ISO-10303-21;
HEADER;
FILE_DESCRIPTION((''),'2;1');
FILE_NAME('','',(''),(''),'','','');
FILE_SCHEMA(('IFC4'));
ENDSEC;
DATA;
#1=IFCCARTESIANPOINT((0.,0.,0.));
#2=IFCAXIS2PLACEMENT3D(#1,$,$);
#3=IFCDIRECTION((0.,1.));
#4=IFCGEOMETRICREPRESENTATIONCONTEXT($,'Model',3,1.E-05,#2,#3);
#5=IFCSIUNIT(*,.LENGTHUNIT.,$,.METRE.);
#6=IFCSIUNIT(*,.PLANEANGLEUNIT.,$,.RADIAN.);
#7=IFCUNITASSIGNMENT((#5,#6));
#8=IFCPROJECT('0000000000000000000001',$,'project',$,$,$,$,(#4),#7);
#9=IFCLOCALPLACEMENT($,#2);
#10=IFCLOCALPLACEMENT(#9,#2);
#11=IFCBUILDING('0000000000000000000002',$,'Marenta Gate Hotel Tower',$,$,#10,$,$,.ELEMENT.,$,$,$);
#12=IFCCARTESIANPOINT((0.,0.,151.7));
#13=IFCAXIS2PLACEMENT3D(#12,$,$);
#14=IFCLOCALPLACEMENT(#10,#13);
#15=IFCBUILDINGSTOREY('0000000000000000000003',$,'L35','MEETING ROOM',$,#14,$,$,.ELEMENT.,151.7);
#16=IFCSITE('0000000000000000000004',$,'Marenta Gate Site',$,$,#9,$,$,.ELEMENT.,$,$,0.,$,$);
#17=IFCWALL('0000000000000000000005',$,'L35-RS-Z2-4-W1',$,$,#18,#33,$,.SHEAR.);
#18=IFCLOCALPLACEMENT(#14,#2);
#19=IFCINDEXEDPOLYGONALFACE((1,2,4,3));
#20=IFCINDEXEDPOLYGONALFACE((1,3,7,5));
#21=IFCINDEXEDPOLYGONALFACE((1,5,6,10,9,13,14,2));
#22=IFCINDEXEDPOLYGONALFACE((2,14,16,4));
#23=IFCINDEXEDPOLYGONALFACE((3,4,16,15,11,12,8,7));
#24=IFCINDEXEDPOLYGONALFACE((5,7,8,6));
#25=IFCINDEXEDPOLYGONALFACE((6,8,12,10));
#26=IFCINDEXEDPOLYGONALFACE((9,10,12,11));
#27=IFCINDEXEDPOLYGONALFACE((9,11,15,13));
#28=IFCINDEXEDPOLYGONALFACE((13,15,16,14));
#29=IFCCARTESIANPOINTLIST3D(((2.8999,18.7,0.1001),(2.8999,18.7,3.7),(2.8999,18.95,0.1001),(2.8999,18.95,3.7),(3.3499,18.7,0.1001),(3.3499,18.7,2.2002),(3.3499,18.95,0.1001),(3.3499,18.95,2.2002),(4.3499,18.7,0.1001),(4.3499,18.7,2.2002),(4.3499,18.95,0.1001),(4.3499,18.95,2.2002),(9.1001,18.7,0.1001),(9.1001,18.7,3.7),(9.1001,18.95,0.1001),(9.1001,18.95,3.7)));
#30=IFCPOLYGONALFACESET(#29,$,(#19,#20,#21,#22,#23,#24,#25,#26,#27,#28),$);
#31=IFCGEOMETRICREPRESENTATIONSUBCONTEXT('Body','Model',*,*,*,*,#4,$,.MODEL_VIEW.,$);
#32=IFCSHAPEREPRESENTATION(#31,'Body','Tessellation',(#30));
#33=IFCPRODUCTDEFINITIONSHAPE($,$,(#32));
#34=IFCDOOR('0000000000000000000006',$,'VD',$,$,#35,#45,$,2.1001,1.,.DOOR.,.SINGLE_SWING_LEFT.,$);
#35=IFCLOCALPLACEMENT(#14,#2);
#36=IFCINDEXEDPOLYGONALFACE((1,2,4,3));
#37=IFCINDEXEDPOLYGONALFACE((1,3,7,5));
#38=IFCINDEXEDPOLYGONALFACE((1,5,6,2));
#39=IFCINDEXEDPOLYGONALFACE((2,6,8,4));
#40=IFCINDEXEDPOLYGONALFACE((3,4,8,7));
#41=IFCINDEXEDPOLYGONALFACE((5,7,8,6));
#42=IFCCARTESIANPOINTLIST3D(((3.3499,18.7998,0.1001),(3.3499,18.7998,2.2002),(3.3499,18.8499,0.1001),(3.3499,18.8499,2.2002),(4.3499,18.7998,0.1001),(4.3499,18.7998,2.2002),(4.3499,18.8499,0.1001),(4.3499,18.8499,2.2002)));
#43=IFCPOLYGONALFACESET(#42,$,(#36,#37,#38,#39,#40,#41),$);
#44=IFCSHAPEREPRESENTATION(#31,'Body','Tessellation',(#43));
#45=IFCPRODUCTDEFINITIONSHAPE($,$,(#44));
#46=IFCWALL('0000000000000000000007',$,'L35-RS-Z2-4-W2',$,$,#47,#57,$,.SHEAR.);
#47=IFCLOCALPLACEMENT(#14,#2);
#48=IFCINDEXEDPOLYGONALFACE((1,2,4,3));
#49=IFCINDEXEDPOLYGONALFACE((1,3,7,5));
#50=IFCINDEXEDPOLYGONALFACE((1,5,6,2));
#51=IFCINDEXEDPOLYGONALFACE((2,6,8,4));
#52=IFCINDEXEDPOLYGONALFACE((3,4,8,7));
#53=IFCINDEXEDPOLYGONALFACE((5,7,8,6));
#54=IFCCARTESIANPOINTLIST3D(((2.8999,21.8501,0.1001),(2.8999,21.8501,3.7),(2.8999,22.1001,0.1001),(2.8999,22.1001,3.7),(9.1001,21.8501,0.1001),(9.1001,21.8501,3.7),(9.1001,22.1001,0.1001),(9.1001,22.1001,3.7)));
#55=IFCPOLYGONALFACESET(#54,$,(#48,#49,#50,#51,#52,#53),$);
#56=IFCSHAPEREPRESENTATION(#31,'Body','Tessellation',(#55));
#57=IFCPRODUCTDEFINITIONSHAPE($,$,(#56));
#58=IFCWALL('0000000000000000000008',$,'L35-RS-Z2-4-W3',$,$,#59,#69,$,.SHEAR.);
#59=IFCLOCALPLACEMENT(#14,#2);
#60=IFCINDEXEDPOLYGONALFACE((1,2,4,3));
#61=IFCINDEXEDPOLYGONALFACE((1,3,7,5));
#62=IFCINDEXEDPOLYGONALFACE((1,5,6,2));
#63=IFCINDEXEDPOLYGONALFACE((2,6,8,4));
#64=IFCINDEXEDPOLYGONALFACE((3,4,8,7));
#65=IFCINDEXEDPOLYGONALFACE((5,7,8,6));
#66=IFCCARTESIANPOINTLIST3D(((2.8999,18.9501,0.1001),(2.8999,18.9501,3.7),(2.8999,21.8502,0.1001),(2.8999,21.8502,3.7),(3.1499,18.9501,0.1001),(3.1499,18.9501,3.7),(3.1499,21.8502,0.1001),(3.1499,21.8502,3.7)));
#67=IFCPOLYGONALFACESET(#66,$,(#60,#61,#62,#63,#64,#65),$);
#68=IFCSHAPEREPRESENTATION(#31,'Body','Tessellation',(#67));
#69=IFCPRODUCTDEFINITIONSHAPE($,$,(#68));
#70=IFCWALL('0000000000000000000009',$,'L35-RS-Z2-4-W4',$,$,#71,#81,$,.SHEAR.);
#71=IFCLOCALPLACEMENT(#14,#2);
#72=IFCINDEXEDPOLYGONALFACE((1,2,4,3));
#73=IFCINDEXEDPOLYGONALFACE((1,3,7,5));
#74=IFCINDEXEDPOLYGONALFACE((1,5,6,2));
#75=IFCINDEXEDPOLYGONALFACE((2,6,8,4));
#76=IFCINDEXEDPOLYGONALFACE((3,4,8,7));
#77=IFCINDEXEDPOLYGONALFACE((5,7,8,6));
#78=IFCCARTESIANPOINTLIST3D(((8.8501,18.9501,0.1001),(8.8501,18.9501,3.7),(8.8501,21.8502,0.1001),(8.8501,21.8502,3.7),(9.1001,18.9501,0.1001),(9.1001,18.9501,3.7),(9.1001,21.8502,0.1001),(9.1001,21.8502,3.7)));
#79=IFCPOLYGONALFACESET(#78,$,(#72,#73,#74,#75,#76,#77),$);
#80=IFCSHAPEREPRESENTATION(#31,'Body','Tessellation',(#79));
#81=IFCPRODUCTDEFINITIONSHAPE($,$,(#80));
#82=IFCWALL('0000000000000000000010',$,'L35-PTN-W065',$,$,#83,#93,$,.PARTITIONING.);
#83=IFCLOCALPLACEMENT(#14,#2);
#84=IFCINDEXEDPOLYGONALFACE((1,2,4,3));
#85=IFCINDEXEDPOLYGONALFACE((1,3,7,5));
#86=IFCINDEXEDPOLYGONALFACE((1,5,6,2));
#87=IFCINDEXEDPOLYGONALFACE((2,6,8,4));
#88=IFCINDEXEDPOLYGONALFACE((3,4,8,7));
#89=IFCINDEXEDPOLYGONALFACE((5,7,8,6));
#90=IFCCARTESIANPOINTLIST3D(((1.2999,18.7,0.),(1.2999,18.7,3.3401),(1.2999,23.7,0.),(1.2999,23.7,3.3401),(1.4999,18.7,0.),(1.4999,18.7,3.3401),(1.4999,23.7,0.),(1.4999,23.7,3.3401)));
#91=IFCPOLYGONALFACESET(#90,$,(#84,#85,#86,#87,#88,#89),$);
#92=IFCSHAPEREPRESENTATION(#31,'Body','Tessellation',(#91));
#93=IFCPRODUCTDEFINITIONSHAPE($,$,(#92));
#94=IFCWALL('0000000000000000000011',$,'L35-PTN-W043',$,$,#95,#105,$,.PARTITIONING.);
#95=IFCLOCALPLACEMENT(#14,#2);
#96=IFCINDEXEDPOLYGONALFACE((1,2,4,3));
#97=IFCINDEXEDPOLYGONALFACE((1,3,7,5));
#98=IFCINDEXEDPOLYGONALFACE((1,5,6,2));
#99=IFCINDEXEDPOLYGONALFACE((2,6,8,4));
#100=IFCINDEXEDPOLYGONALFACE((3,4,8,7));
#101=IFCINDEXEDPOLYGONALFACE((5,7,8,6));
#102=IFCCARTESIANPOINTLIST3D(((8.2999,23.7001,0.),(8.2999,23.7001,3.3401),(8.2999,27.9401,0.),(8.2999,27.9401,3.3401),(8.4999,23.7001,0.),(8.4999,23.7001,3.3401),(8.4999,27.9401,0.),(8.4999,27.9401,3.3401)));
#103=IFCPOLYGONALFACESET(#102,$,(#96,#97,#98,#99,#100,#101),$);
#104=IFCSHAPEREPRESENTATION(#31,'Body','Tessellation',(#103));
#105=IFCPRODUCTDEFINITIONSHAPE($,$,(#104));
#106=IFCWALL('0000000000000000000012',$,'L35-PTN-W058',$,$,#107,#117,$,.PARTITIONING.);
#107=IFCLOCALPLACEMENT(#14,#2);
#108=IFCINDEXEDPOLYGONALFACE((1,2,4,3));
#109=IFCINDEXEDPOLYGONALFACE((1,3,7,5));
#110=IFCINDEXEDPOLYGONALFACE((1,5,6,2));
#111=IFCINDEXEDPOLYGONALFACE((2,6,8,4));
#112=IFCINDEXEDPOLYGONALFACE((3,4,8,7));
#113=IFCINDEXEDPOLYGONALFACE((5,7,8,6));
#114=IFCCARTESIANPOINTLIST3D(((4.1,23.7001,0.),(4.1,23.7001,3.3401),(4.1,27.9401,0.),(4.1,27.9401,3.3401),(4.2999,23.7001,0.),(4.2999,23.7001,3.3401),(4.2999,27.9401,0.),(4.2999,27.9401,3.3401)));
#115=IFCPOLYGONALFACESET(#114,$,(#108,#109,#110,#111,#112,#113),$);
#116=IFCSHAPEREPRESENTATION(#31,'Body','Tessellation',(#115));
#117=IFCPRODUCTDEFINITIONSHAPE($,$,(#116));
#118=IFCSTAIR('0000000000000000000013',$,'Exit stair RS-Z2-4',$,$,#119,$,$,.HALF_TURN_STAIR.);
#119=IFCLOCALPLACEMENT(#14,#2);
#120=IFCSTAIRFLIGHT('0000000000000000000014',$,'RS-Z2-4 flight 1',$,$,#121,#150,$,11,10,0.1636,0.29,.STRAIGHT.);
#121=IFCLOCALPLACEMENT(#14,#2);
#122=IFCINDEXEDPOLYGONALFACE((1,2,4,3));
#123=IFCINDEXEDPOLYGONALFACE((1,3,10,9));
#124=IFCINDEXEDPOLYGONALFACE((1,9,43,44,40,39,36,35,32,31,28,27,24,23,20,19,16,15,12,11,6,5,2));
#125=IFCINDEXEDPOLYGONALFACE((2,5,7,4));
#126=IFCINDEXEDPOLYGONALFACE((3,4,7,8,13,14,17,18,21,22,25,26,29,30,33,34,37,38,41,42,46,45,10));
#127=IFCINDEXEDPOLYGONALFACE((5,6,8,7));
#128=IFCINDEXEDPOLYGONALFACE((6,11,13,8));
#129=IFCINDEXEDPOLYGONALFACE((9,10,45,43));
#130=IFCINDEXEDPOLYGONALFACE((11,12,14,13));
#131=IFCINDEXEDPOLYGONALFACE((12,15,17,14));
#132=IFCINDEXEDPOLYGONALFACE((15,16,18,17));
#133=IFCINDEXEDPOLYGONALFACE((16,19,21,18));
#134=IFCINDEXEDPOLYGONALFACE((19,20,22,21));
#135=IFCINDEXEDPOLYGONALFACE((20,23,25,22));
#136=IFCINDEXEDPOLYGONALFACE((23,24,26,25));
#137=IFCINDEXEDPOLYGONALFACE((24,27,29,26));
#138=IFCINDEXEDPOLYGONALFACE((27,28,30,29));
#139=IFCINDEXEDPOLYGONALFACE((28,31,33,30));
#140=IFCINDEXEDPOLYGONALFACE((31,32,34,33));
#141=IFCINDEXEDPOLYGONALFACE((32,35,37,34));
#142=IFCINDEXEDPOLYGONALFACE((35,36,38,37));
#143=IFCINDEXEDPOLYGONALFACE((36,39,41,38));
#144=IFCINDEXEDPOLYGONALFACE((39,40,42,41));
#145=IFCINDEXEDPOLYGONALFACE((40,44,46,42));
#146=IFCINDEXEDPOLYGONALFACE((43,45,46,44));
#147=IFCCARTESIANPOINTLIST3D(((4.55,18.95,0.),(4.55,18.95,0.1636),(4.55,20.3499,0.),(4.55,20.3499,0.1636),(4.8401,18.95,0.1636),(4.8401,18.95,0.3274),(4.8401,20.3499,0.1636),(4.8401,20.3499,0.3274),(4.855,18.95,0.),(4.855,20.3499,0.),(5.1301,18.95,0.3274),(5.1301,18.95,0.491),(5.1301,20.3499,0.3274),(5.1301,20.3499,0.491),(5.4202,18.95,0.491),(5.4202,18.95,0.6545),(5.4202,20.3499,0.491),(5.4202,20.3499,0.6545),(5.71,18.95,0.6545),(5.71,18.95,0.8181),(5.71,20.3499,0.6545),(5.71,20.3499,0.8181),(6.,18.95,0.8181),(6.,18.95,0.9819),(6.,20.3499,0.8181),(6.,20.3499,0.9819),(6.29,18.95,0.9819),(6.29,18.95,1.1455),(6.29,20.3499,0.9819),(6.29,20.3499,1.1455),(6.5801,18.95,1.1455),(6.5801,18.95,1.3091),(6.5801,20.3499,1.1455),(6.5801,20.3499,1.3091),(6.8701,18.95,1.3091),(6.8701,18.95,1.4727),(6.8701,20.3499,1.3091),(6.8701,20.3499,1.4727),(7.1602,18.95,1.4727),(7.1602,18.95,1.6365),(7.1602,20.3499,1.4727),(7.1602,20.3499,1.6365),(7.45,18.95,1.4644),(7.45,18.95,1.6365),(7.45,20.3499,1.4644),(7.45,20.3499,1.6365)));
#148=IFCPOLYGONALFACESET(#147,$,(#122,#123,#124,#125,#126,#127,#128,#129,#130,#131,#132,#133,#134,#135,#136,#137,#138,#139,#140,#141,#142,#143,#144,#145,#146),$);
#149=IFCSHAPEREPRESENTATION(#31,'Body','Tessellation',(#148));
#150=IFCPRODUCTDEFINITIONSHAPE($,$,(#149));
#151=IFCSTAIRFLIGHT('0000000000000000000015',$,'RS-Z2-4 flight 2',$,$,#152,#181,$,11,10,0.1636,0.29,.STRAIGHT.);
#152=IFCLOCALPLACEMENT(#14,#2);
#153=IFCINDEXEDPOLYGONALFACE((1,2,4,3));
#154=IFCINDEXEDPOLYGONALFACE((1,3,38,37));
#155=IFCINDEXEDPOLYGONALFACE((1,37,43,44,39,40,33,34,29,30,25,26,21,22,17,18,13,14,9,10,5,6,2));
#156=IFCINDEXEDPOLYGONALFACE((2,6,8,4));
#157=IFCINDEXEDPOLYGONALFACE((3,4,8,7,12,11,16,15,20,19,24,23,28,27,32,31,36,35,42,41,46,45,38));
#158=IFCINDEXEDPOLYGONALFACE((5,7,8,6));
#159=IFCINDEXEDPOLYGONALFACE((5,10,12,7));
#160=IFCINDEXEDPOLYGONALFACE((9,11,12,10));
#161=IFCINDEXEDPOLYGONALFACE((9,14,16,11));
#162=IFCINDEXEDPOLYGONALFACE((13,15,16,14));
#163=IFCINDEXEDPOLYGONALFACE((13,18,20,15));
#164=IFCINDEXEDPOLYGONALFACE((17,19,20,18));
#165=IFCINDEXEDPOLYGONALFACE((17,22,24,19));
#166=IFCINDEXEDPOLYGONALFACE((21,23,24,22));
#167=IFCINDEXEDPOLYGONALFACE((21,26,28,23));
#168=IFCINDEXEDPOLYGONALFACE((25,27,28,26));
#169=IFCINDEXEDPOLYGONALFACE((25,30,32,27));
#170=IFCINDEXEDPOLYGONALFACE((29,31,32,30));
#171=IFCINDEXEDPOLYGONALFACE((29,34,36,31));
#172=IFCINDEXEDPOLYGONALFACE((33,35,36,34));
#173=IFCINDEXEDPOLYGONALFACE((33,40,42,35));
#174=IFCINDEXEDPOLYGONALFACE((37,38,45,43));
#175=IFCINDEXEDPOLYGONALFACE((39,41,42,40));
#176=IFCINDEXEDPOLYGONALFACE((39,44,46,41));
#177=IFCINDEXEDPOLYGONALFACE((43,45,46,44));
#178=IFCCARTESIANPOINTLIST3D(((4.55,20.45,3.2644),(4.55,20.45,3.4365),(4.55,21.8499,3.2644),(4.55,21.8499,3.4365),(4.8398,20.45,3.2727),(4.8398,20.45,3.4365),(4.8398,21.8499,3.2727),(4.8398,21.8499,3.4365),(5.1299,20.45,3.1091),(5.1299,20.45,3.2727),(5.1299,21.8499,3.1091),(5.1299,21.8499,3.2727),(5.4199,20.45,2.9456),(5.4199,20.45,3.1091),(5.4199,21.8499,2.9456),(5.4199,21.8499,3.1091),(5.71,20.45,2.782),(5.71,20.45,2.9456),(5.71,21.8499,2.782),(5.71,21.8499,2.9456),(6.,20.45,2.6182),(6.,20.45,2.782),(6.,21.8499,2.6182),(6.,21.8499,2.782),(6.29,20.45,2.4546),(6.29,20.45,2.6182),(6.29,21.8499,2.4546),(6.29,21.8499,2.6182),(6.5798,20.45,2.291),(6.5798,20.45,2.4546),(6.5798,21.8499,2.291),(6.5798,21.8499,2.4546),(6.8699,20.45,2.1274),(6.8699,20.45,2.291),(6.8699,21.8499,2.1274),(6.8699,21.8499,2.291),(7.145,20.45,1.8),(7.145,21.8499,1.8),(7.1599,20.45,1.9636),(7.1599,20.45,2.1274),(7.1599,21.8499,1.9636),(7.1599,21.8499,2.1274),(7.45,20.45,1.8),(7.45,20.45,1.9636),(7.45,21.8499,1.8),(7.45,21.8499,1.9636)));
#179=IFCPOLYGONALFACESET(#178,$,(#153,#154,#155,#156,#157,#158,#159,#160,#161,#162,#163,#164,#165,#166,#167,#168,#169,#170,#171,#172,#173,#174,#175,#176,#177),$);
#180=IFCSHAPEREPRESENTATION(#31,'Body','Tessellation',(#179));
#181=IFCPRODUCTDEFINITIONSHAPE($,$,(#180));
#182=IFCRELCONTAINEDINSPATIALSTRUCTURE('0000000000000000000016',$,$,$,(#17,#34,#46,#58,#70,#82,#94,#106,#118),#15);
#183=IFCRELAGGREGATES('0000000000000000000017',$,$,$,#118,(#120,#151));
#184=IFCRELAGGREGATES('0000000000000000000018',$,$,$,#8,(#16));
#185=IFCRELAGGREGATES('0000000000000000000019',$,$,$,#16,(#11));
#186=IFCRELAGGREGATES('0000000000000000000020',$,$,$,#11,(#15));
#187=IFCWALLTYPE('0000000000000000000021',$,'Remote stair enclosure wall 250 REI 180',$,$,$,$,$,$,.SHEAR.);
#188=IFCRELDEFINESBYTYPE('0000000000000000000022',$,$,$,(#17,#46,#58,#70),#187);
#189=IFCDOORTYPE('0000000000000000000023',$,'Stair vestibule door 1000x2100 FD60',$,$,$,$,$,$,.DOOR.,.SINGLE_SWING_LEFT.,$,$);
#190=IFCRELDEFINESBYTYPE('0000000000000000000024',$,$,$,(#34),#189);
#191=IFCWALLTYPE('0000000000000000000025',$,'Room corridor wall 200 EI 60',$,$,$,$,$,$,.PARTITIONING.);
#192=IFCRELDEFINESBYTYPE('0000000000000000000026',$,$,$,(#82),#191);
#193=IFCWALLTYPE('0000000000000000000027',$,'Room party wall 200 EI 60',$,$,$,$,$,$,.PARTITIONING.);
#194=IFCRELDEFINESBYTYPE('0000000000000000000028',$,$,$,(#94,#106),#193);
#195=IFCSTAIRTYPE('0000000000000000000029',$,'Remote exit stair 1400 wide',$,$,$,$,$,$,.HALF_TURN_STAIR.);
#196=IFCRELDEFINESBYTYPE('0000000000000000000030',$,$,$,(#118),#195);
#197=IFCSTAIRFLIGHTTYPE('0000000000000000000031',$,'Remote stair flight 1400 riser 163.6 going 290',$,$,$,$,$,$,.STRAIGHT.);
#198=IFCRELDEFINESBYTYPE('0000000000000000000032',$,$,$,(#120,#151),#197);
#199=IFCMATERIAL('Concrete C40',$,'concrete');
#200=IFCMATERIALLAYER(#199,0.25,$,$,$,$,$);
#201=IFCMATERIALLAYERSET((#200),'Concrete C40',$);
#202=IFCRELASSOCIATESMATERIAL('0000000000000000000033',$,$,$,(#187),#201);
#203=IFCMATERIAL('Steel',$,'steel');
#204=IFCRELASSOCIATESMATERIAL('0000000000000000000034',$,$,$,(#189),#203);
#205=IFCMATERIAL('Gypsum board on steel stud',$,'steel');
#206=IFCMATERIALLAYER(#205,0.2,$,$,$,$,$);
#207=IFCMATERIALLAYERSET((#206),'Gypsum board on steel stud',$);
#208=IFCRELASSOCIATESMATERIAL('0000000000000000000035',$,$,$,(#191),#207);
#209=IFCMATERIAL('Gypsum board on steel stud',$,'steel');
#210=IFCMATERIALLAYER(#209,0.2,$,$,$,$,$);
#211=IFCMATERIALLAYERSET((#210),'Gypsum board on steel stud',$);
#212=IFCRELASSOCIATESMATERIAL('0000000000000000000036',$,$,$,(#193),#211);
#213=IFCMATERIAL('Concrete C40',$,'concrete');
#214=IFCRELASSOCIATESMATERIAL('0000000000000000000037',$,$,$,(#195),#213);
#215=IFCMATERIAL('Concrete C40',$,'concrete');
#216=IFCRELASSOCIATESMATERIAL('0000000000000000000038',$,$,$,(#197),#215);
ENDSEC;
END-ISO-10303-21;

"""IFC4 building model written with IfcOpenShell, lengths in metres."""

from ifc_helpers import new_model, si_unit, direction, frame, frame_2d, origin, place, context, subcontext, project, spatial, polyline, rectangle, outline, extrude, material, layer, layer_set, type_object, element, fill, aggregate, save


model = new_model("IFC4")

# Units and contexts
model_context = context("Model", 3, precision=1e-05, world=origin(), true_north=direction((0.0, 1.0)))
body_context = subcontext(model_context, "Body", "Model", "MODEL_VIEW")
ifc_project = project(units=[si_unit("LENGTHUNIT", "METRE"), si_unit("PLANEANGLEUNIT", "RADIAN")], contexts=[model_context])

# Site, building, storey
site_placement = place(None, origin())
site = spatial("IfcSite", under=ifc_project, at=site_placement, Name="Marenta Gate Site", CompositionType="ELEMENT", RefElevation=0.0)
building_placement = place(site_placement, origin())
building = spatial("IfcBuilding", under=site, at=building_placement, Name="Marenta Gate Hotel Tower", CompositionType="ELEMENT")
storey_placement = place(building_placement, frame((0.0, 0.0, 151.7)))
storey = spatial("IfcBuildingStorey", under=building, at=storey_placement, Name="L35", Description="MEETING ROOM", CompositionType="ELEMENT", Elevation=151.7)

# Wall, opening, door
ifc_material_1 = material(Name="Concrete C40", Category="concrete")
ifc_layer_1 = layer(ifc_material_1, 0.25)
ifc_layer_set_1 = layer_set([ifc_layer_1], Name="Concrete C40")
wall_type_1 = type_object("IfcWallType", Name="Remote stair enclosure wall 250 REI 180", PredefinedType="SHEAR", material=ifc_layer_set_1)
wall_1_placement = place(storey_placement, frame((2.8999, 18.825, 0.1001), z_axis=(0.0, 0.0, 1.0), x_axis=(1.0, 0.0, 0.0)))
wall_1 = element("IfcWall", 1, at=wall_1_placement, inside=storey, type_object=wall_type_1, Name="L35-RS-Z2-4-W1", PredefinedType="SHEAR", context=body_context, shape_type="SweptSolid", body=[
    extrude(rectangle(XDim=6.2002, YDim=0.25, at=frame_2d((3.1001, 0.0))), origin(), (0.0, 0.0, 1.0), 3.5999),
])
opening_1_placement = place(wall_1_placement, frame((0.45, 0.0, 0.0)))
opening_1 = element("IfcOpeningElement", 2, at=opening_1_placement, cuts=wall_1, PredefinedType="OPENING", context=body_context, shape_type="SweptSolid", body=[
    extrude(rectangle(XDim=1.0, YDim=2.1001, at=frame_2d((0.5, 1.05))), frame((0.0, 0.125, 0.0), z_axis=(0.0, -1.0, 0.0), x_axis=(1.0, 0.0, 0.0)), (0.0, 0.0, 1.0), 0.25),
])
ifc_material_2 = material(Name="Steel", Category="steel")
door_type_1 = type_object("IfcDoorType", Name="Stair vestibule door 1000x2100 FD60", OperationType="SINGLE_SWING_LEFT", PredefinedType="DOOR", material=ifc_material_2)
door_1_placement = place(opening_1_placement, origin())
door_1 = element("IfcDoor", 3, at=door_1_placement, inside=storey, type_object=door_type_1, Name="VD", OperationType="SINGLE_SWING_LEFT", OverallHeight=2.1001, OverallWidth=1.0, PredefinedType="DOOR", context=body_context, shape_type="SweptSolid", body=[
    extrude(rectangle(XDim=1.0, YDim=2.1001, at=frame_2d((0.5, 1.05))), frame((0.0, 0.0249, 0.0), z_axis=(0.0, -1.0, 0.0), x_axis=(1.0, 0.0, 0.0)), (0.0, 0.0, 1.0), 0.05),
])
fill(opening_1, door_1)

# Walls
wall_2_placement = place(storey_placement, frame((2.8999, 21.9751, 0.1001), z_axis=(0.0, 0.0, 1.0), x_axis=(1.0, 0.0, 0.0)))
element("IfcWall", 4, at=wall_2_placement, inside=storey, type_object=wall_type_1, Name="L35-RS-Z2-4-W2", PredefinedType="SHEAR", context=body_context, shape_type="SweptSolid", body=[
    extrude(rectangle(XDim=6.2002, YDim=0.25, at=frame_2d((3.1001, 0.0))), origin(), (0.0, 0.0, 1.0), 3.5999),
])
for number, where, z_axis, x_axis, name in (
    (5, (3.0249, 18.95, 0.1001), (0.0, 0.0, 1.0), (0.0, 1.0, 0.0), "L35-RS-Z2-4-W3"),
    (6, (8.9751, 18.95, 0.1001), (0.0, 0.0, 1.0), (0.0, 1.0, 0.0), "L35-RS-Z2-4-W4"),
):
    element("IfcWall", number, at=place(storey_placement, frame(where, z_axis=z_axis, x_axis=x_axis)), inside=storey, type_object=wall_type_1, Name=name, PredefinedType="SHEAR", context=body_context, shape_type="SweptSolid", body=[
        extrude(rectangle(XDim=2.9001, YDim=0.25, at=frame_2d((1.4502, 0.0))), origin(), (0.0, 0.0, 1.0), 3.5999),
    ])
ifc_material_3 = material(Name="Gypsum board on steel stud", Category="steel")
ifc_layer_2 = layer(ifc_material_3, 0.2)
ifc_layer_set_2 = layer_set([ifc_layer_2], Name="Gypsum board on steel stud")
wall_type_2 = type_object("IfcWallType", Name="Room corridor wall 200 EI 60", PredefinedType="PARTITIONING", material=ifc_layer_set_2)
wall_3_placement = place(storey_placement, frame((1.3999, 18.7, 0.0), z_axis=(0.0, 0.0, 1.0), x_axis=(0.0, 1.0, 0.0)))
element("IfcWall", 7, at=wall_3_placement, inside=storey, type_object=wall_type_2, Name="L35-PTN-W065", PredefinedType="PARTITIONING", context=body_context, shape_type="SweptSolid", body=[
    extrude(rectangle(XDim=5.0, YDim=0.2, at=frame_2d((2.5, 0.0))), origin(), (0.0, 0.0, 1.0), 3.3401),
])

# Walls
ifc_material_4 = material(Name="Gypsum board on steel stud", Category="steel")
ifc_layer_3 = layer(ifc_material_4, 0.2)
ifc_layer_set_3 = layer_set([ifc_layer_3], Name="Gypsum board on steel stud")
wall_type_3 = type_object("IfcWallType", Name="Room party wall 200 EI 60", PredefinedType="PARTITIONING", material=ifc_layer_set_3)
for number, where, z_axis, x_axis, name in (
    (8, (8.3999, 23.7, 0.0), (0.0, 0.0, 1.0), (0.0, 1.0, 0.0), "L35-PTN-W043"),
    (9, (4.2, 23.7, 0.0), (0.0, 0.0, 1.0), (0.0, 1.0, 0.0), "L35-PTN-W058"),
):
    element("IfcWall", number, at=place(storey_placement, frame(where, z_axis=z_axis, x_axis=x_axis)), inside=storey, type_object=wall_type_3, Name=name, PredefinedType="PARTITIONING", context=body_context, shape_type="SweptSolid", body=[
        extrude(rectangle(XDim=4.24, YDim=0.2, at=frame_2d((2.1201, 0.0))), origin(), (0.0, 0.0, 1.0), 3.3401),
    ])

# Stair, stair flights
ifc_material_5 = material(Name="Concrete C40", Category="concrete")
stair_type = type_object("IfcStairType", Name="Remote exit stair 1400 wide", PredefinedType="HALF_TURN_STAIR", material=ifc_material_5)
stair_placement = place(storey_placement, origin())
stair = element("IfcStair", 10, at=stair_placement, inside=storey, type_object=stair_type, Name="Exit stair RS-Z2-4", PredefinedType="HALF_TURN_STAIR")
ifc_material_6 = material(Name="Concrete C40", Category="concrete")
stair_flight_type = type_object("IfcStairFlightType", Name="Remote stair flight 1400 riser 163.6 going 290", PredefinedType="STRAIGHT", material=ifc_material_6)
stair_flight_1_placement = place(storey_placement, frame((4.55, 19.6499, 0.0), z_axis=(0.0, 0.0, 1.0), x_axis=(1.0, 0.0, 0.0)))
stair_flight_1 = element("IfcStairFlight", 11, at=stair_flight_1_placement, type_object=stair_flight_type, Name="RS-Z2-4 flight 1", NumberOfRisers=11, NumberOfTreads=10, PredefinedType="STRAIGHT", RiserHeight=0.1636, TreadLength=0.29, context=body_context, shape_type="SweptSolid", body=[
    extrude(outline(polyline([(0.0, 0.0), (0.0, 0.1636), (0.29, 0.1636), (0.29, 0.3274), (0.5801, 0.3274), (0.5801, 0.491), (0.8701, 0.491), (0.8701, 0.6545), (1.1599, 0.6545), (1.1599, 0.8181), (1.45, 0.8181), (1.45, 0.9819), (1.74, 0.9819), (1.74, 1.1455), (2.03, 1.1455), (2.03, 1.3091), (2.3201, 1.3091), (2.3201, 1.4727), (2.6101, 1.4727), (2.6101, 1.6365), (2.8999, 1.6365), (2.8999, 1.8), (2.8999, 1.4644), (0.3049, 0.0), (0.0, 0.0)])), frame((0.0, 0.7, 0.0), z_axis=(0.0, -1.0, 0.0), x_axis=(1.0, 0.0, 0.0)), (0.0, 0.0, 1.0), 1.3999),
])
stair_flight_2_placement = place(storey_placement, frame((7.45, 21.1499, 1.8), z_axis=(0.0, 0.0, 1.0), x_axis=(-1.0, 0.0, 0.0)))
stair_flight_2 = element("IfcStairFlight", 12, at=stair_flight_2_placement, type_object=stair_flight_type, Name="RS-Z2-4 flight 2", NumberOfRisers=11, NumberOfTreads=10, PredefinedType="STRAIGHT", RiserHeight=0.1636, TreadLength=0.29, context=body_context, shape_type="SweptSolid", body=[
    extrude(outline(polyline([(0.0, 0.0), (0.0, 0.1636), (0.29, 0.1636), (0.29, 0.3274), (0.5801, 0.3274), (0.5801, 0.491), (0.8701, 0.491), (0.8701, 0.6545), (1.1599, 0.6545), (1.1599, 0.8181), (1.45, 0.8181), (1.45, 0.9819), (1.74, 0.9819), (1.74, 1.1455), (2.03, 1.1455), (2.03, 1.3091), (2.3201, 1.3091), (2.3201, 1.4727), (2.6101, 1.4727), (2.6101, 1.6365), (2.8999, 1.6365), (2.8999, 1.8), (2.8999, 1.4644), (0.3049, 0.0), (0.0, 0.0)])), frame((0.0, 0.7, 0.0), z_axis=(0.0, -1.0, 0.0), x_axis=(1.0, 0.0, 0.0)), (0.0, 0.0, 1.0), 1.3999),
])
aggregate(stair, [stair_flight_1, stair_flight_2])

save(model, "model.ifc")
